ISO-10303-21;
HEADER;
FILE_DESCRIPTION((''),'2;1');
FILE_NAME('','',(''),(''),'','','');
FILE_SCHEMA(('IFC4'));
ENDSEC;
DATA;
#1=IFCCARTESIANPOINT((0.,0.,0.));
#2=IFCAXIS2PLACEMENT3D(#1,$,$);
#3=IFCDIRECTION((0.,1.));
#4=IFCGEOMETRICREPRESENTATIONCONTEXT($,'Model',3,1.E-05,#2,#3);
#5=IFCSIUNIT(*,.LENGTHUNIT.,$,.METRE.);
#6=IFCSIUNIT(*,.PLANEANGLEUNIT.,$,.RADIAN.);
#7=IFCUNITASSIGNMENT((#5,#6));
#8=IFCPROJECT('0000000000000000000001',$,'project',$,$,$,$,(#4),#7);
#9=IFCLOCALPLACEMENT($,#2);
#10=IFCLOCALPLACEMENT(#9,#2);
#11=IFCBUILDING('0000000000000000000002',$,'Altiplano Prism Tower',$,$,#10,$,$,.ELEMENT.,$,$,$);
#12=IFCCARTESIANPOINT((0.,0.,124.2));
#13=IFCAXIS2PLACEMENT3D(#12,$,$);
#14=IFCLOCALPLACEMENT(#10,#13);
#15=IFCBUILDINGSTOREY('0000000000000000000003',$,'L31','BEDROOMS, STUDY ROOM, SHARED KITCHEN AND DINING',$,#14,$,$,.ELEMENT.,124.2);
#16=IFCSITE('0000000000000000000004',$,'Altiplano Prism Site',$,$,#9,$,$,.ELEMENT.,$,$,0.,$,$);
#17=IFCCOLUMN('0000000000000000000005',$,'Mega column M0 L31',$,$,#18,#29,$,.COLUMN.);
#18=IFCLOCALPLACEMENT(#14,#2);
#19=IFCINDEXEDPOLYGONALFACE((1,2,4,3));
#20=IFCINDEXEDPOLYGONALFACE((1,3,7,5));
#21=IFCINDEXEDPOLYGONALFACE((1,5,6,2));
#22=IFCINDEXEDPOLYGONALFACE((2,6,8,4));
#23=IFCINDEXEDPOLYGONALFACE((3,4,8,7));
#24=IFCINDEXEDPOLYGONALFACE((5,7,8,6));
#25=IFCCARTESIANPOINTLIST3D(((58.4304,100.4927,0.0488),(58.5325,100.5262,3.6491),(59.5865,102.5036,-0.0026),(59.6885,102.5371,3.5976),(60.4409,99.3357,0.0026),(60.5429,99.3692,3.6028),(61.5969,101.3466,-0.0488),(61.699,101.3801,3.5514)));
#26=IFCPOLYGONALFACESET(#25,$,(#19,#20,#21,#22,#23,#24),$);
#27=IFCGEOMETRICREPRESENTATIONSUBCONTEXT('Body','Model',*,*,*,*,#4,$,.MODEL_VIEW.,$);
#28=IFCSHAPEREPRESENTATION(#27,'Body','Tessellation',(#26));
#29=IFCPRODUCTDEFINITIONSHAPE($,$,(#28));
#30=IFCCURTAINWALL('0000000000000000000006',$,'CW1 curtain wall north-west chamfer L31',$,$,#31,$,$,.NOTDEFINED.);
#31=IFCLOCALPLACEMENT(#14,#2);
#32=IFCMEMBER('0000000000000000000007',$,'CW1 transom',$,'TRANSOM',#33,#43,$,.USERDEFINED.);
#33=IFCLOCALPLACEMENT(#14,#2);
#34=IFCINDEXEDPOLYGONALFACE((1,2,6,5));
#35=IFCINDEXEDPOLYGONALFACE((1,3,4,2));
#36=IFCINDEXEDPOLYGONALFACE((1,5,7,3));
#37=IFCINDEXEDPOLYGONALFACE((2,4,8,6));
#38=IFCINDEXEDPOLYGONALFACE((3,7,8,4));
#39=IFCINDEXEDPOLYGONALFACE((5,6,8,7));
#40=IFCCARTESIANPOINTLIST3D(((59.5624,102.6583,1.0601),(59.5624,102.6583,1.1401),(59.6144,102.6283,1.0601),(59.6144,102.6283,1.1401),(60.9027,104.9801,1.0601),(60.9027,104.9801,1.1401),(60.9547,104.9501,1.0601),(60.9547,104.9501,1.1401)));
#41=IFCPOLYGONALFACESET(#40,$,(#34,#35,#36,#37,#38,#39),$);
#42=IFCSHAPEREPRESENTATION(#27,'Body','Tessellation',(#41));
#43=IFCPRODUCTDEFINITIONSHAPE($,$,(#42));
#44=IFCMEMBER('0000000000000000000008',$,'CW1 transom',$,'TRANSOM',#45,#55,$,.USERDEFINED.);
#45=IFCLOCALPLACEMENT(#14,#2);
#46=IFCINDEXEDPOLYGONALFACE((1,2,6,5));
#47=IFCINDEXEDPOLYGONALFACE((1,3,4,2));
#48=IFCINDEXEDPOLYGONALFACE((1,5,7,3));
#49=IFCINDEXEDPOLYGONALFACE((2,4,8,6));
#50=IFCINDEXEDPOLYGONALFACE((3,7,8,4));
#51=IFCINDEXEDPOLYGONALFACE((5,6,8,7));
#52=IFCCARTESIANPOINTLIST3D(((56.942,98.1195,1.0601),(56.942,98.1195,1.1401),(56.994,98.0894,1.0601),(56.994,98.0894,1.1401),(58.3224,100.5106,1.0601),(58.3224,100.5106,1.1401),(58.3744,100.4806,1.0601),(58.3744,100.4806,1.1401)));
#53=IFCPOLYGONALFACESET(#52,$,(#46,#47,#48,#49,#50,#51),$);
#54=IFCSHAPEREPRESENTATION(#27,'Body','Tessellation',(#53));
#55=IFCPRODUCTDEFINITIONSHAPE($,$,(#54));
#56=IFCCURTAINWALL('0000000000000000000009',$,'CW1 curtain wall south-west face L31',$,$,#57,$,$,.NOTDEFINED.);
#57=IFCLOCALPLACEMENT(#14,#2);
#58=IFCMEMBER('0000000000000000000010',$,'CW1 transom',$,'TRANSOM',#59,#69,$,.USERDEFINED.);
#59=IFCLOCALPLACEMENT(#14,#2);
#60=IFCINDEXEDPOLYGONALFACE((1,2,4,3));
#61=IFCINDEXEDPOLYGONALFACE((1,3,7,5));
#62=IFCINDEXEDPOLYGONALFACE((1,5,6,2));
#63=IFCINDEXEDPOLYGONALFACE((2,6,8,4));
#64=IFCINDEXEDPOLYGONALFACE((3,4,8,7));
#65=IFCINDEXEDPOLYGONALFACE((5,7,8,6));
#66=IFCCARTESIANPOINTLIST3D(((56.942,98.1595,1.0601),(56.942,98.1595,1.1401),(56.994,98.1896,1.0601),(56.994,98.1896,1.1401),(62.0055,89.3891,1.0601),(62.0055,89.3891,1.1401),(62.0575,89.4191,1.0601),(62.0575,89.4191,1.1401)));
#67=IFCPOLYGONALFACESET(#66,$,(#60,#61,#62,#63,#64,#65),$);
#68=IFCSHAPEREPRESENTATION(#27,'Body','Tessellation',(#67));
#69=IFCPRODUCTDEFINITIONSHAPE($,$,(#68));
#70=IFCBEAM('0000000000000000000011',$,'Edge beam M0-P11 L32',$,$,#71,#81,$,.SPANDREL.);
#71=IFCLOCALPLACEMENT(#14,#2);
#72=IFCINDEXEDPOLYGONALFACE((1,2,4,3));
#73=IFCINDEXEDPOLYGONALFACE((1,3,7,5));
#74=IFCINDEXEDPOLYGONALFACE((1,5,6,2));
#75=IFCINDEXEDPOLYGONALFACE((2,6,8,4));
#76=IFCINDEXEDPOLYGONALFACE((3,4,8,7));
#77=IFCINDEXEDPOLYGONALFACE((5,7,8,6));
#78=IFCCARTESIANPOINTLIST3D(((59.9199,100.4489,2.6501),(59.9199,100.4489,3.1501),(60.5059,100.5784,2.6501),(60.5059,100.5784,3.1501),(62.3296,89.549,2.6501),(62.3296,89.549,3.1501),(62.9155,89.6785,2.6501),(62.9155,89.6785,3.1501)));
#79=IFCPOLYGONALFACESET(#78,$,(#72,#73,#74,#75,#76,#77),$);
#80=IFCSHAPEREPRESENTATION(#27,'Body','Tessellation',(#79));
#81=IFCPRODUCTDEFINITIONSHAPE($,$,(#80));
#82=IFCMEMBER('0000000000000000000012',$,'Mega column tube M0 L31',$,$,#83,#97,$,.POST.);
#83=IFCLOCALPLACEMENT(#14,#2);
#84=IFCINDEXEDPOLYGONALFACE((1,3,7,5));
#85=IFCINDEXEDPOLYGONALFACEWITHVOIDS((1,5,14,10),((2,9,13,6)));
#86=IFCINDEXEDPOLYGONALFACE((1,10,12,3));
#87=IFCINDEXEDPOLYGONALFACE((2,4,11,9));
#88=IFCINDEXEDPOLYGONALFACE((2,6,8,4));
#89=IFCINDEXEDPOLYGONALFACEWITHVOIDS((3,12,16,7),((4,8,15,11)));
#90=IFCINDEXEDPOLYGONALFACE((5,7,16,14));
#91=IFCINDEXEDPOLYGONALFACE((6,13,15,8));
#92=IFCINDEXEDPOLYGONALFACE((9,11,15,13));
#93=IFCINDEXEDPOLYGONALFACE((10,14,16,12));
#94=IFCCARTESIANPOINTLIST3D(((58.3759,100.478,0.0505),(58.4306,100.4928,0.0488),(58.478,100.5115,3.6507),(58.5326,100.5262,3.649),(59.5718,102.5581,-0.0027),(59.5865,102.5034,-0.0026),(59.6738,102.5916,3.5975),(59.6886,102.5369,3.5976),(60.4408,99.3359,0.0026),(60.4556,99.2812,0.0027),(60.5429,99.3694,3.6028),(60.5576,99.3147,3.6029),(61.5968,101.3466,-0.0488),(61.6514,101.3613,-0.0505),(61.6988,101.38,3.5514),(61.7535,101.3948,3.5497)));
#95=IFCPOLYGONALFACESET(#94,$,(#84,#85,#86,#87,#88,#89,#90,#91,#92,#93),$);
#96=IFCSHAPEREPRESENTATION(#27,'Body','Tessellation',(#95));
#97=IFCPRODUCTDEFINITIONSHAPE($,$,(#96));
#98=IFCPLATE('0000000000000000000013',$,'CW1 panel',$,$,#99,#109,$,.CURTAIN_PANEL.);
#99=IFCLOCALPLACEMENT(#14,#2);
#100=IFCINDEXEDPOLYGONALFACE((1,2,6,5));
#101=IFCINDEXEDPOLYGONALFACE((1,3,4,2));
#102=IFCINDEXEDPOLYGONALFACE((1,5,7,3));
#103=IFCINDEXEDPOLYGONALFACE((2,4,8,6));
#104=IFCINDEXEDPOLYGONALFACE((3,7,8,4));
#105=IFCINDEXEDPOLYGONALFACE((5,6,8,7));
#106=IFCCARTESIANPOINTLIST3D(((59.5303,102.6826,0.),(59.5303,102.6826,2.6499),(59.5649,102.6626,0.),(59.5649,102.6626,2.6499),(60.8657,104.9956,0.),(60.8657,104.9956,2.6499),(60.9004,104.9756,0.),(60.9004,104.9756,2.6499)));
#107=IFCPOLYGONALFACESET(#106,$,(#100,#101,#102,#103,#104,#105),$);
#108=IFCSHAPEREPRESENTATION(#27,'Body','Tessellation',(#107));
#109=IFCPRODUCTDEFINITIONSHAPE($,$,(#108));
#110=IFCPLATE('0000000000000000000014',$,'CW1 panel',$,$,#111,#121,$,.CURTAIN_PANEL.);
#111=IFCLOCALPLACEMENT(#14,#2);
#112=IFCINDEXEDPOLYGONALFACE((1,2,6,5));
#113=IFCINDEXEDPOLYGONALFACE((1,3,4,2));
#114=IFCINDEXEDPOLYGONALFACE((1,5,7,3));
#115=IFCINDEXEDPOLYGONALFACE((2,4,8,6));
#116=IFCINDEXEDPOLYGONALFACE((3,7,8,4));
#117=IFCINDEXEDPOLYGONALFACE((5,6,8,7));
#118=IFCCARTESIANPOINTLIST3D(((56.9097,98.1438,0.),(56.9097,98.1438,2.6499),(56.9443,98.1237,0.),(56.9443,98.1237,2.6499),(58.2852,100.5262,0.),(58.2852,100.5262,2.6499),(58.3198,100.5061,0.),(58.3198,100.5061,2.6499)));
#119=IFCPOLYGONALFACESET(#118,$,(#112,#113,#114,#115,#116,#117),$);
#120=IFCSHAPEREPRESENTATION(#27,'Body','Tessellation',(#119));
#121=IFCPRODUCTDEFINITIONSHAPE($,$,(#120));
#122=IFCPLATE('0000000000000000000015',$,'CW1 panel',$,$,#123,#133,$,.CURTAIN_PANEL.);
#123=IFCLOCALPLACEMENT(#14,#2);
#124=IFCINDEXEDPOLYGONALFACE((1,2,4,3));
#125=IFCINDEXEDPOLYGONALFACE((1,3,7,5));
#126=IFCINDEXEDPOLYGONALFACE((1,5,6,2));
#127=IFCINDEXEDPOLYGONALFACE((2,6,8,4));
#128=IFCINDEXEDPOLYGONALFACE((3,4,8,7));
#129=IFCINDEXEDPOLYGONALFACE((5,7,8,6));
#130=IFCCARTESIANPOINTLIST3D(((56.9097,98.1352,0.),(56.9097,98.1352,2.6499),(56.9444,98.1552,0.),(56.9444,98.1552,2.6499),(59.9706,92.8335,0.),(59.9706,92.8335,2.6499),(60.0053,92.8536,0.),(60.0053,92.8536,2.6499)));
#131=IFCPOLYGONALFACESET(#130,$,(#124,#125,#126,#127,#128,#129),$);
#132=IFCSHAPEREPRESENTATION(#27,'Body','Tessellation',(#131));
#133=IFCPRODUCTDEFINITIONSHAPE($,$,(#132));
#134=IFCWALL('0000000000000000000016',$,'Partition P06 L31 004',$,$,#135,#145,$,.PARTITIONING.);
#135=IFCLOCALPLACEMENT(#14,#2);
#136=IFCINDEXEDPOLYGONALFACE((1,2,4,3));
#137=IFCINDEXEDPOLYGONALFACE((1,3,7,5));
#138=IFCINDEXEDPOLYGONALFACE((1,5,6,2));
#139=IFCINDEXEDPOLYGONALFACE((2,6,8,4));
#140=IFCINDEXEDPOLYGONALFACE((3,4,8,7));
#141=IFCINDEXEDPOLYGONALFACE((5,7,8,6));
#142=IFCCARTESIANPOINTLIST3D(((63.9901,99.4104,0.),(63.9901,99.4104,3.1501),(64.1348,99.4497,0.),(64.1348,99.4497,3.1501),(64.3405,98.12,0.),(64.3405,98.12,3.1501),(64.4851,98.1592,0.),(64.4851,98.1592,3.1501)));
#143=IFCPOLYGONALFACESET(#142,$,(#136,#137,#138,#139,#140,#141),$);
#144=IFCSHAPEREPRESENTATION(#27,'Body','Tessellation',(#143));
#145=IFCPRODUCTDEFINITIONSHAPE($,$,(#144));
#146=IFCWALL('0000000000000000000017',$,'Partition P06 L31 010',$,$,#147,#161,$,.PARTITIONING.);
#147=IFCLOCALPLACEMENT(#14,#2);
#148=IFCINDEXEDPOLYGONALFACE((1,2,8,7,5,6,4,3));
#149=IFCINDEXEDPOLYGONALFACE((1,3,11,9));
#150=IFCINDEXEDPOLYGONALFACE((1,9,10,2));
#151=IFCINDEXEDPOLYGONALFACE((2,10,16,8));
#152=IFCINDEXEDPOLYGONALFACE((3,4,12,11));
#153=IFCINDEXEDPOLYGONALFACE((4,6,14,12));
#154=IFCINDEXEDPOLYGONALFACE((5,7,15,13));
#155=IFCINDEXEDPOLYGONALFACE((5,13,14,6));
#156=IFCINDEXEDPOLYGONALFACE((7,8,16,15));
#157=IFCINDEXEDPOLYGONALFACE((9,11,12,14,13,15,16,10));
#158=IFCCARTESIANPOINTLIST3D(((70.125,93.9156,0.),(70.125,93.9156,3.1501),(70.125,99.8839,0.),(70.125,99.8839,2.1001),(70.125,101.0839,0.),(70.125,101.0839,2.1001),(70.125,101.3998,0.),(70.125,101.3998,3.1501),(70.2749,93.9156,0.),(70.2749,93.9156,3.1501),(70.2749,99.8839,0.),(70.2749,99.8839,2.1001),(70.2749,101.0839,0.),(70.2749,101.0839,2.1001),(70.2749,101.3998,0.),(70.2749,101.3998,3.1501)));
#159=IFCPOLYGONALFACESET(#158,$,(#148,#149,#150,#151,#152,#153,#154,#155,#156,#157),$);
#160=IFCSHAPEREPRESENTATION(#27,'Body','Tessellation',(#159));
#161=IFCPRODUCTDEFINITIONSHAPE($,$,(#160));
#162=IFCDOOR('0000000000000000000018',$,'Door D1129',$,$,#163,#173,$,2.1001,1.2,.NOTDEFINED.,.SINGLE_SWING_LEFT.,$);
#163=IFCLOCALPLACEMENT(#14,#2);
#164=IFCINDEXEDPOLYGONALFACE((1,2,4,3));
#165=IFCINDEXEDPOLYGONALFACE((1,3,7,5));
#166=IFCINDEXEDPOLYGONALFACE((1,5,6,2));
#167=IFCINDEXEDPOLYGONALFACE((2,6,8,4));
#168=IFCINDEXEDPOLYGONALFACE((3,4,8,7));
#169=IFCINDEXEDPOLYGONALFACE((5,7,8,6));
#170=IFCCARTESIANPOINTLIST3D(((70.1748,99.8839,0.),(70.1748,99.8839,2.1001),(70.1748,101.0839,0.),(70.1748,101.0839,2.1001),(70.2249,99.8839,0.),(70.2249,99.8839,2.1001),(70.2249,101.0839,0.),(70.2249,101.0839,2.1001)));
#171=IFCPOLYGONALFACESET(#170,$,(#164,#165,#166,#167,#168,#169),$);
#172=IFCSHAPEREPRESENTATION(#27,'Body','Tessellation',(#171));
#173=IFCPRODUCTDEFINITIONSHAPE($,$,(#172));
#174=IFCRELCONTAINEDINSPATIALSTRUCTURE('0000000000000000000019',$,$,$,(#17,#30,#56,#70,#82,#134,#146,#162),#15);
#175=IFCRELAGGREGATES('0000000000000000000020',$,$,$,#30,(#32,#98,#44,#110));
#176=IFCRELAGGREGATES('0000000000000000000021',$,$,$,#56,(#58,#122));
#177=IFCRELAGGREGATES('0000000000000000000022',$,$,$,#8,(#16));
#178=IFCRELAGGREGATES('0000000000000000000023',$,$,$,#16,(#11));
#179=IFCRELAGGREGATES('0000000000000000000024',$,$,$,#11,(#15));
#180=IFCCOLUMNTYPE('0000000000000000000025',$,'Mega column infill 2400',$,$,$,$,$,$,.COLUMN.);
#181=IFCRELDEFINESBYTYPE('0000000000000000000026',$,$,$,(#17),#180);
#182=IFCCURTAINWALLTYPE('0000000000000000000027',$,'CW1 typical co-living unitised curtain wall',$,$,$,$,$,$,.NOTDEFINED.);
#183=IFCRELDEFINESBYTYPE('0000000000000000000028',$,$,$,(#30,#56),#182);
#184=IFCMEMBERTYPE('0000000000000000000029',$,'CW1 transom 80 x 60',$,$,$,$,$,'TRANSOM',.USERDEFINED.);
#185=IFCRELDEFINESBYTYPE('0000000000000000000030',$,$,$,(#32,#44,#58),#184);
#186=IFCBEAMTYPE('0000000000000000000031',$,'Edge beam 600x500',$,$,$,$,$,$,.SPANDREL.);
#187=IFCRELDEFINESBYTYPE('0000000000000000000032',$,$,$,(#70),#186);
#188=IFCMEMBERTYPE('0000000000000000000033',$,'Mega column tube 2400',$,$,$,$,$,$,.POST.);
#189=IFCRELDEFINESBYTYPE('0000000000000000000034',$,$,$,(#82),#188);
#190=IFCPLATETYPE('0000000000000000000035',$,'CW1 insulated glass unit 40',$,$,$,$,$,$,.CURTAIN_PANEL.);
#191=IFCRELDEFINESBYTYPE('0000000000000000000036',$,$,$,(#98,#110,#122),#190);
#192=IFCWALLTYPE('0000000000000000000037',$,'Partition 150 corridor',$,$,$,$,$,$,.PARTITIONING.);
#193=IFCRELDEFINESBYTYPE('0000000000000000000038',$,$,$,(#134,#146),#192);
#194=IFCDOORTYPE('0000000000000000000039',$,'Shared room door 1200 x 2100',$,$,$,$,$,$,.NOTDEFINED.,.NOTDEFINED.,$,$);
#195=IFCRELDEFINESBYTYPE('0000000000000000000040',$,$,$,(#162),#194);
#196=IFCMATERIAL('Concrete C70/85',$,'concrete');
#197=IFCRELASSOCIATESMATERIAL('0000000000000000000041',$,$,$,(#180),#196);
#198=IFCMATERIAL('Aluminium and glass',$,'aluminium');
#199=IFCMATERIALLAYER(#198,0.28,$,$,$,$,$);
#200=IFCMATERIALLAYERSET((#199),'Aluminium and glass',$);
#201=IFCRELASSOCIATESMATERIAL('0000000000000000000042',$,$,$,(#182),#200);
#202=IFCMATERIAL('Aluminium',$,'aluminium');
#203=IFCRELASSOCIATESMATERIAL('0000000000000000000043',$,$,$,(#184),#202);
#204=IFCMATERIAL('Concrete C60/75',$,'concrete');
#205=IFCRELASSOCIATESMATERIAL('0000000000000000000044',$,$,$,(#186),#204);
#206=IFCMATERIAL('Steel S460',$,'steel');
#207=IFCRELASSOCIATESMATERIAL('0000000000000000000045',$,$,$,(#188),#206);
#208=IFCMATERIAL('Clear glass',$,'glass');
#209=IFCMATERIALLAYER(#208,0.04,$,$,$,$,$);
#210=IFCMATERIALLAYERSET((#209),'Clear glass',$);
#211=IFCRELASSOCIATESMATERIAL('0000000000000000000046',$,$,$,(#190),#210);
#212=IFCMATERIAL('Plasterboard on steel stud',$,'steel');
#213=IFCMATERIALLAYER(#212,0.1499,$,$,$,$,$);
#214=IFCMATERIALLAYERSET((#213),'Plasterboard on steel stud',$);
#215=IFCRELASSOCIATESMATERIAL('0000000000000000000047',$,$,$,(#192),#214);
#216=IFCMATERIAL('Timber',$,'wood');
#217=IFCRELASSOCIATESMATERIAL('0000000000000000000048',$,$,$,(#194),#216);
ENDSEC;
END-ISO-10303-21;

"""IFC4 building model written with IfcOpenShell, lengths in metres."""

from ifc_helpers import new_model, si_unit, direction, frame, frame_2d, origin, origin_2d, place, context, subcontext, project, spatial, rectangle, hollow_rectangle, extrude, material, layer, layer_set, material_profile, profile_set, type_object, element, fill, aggregate, save


model = new_model("IFC4")

# Units and contexts
model_context = context("Model", 3, precision=1e-05, world=origin(), true_north=direction((0.0, 1.0)))
body_context = subcontext(model_context, "Body", "Model", "MODEL_VIEW")
ifc_project = project(units=[si_unit("LENGTHUNIT", "METRE"), si_unit("PLANEANGLEUNIT", "RADIAN")], contexts=[model_context])

# Site, building, storey
site_placement = place(None, origin())
site = spatial("IfcSite", under=ifc_project, at=site_placement, Name="Altiplano Prism Site", CompositionType="ELEMENT", RefElevation=0.0)
building_placement = place(site_placement, origin())
building = spatial("IfcBuilding", under=site, at=building_placement, Name="Altiplano Prism Tower", CompositionType="ELEMENT")
storey_placement = place(building_placement, frame((0.0, 0.0, 124.2)))
storey = spatial("IfcBuildingStorey", under=building, at=storey_placement, Name="L31", Description="BEDROOMS, STUDY ROOM, SHARED KITCHEN AND DINING", CompositionType="ELEMENT", Elevation=124.2)

# Column
ifc_material_1 = material(Name="Concrete C70/85", Category="concrete")
ifc_material_profile_1 = material_profile(ifc_material_1, rectangle(XDim=2.3201, YDim=2.3201, at=origin_2d()), Name="Mega column infill 2400")
ifc_profile_set_1 = profile_set([ifc_material_profile_1], Name="Concrete C70/85")
column_type = type_object("IfcColumnType", Name="Mega column infill 2400", PredefinedType="COLUMN", material=ifc_profile_set_1)
column_placement = place(storey_placement, frame((60.0137, 100.9197, 0.0), z_axis=(0.028334, 0.009287, 0.999555), x_axis=(-0.866556, 0.498682, 0.019931)))
element("IfcColumn", 1, at=column_placement, inside=storey, type_object=column_type, Name="Mega column M0 L31", PredefinedType="COLUMN", context=body_context, shape_type="SweptSolid", body=[
    extrude(rectangle(XDim=2.3201, YDim=2.3201, at=origin_2d()), origin(), (0.0, 0.0, 1.0), 3.6018),
])

# Curtain wall, members
ifc_material_2 = material(Name="Aluminium and glass", Category="aluminium")
ifc_layer_1 = layer(ifc_material_2, 0.28)
ifc_layer_set_1 = layer_set([ifc_layer_1], Name="Aluminium and glass")
curtain_wall_type = type_object("IfcCurtainWallType", Name="CW1 typical co-living unitised curtain wall", PredefinedType="NOTDEFINED", material=ifc_layer_set_1)
curtain_wall_1_placement = place(storey_placement, origin())
curtain_wall_1 = element("IfcCurtainWall", 2, at=curtain_wall_1_placement, inside=storey, type_object=curtain_wall_type, Name="CW1 curtain wall north-west chamfer L31", PredefinedType="NOTDEFINED")
ifc_material_3 = material(Name="Aluminium", Category="aluminium")
ifc_material_profile_2 = material_profile(ifc_material_3, rectangle(XDim=0.0601, YDim=0.0801, at=origin_2d()), Name="CW1 transom 80 x 60")
ifc_profile_set_2 = profile_set([ifc_material_profile_2], Name="Aluminium")
member_type_1 = type_object("IfcMemberType", Name="CW1 transom 80 x 60", ElementType="TRANSOM", PredefinedType="USERDEFINED", material=ifc_profile_set_2)
member_1_placement = place(storey_placement, frame((60.9287, 104.9651, 1.1001), z_axis=(-0.499959, -0.866049, 0.0), x_axis=(0.866049, -0.499959, 0.0)))
member_1 = element("IfcMember", 3, at=member_1_placement, type_object=member_type_1, Name="CW1 transom", ObjectType="TRANSOM", PredefinedType="USERDEFINED", context=body_context, shape_type="SweptSolid", body=[
    extrude(rectangle(XDim=0.0601, YDim=0.0801, at=origin_2d()), origin(), (0.0, 0.0, 1.0), 2.6809),
])
member_2_placement = place(storey_placement, frame((58.3484, 100.4956, 1.1001), z_axis=(-0.499962, -0.866047, 0.0), x_axis=(0.866047, -0.499962, 0.0)))
member_2 = element("IfcMember", 4, at=member_2_placement, type_object=member_type_1, Name="CW1 transom", ObjectType="TRANSOM", PredefinedType="USERDEFINED", context=body_context, shape_type="SweptSolid", body=[
    extrude(rectangle(XDim=0.0601, YDim=0.0801, at=origin_2d()), origin(), (0.0, 0.0, 1.0), 2.761),
])

# Curtain wall, member
curtain_wall_2_placement = place(storey_placement, origin())
curtain_wall_2 = element("IfcCurtainWall", 5, at=curtain_wall_2_placement, inside=storey, type_object=curtain_wall_type, Name="CW1 curtain wall south-west face L31", PredefinedType="NOTDEFINED")
member_3_placement = place(storey_placement, frame((56.968, 98.1746, 1.1001), z_axis=(0.499987, -0.866033, 0.0), x_axis=(0.866033, 0.499987, 0.0)))
member_3 = element("IfcMember", 6, at=member_3_placement, type_object=member_type_1, Name="CW1 transom", ObjectType="TRANSOM", PredefinedType="USERDEFINED", context=body_context, shape_type="SweptSolid", body=[
    extrude(rectangle(XDim=0.0601, YDim=0.0801, at=origin_2d()), origin(), (0.0, 0.0, 1.0), 10.1272),
])

# Beam
ifc_material_4 = material(Name="Concrete C60/75", Category="concrete")
ifc_material_profile_3 = material_profile(ifc_material_4, rectangle(XDim=0.6001, YDim=0.5, at=origin_2d()), Name="Edge beam 600x500")
ifc_profile_set_3 = profile_set([ifc_material_profile_3], Name="Concrete C60/75")
beam_type = type_object("IfcBeamType", Name="Edge beam 600x500", PredefinedType="SPANDREL", material=ifc_profile_set_3)
beam_placement = place(storey_placement, frame((60.2129, 100.5137, 2.9001), z_axis=(0.21586, -0.976424, 0.0), x_axis=(0.976424, 0.21586, 0.0)))
element("IfcBeam", 7, at=beam_placement, inside=storey, type_object=beam_type, Name="Edge beam M0-P11 L32", PredefinedType="SPANDREL", context=body_context, shape_type="SweptSolid", body=[
    extrude(rectangle(XDim=0.6001, YDim=0.5, at=origin_2d()), origin(), (0.0, 0.0, 1.0), 11.1631),
])

# Member
ifc_material_5 = material(Name="Steel S460", Category="steel")
ifc_material_profile_4 = material_profile(ifc_material_5, hollow_rectangle(XDim=2.3999, YDim=2.3999, WallThickness=0.04, at=origin_2d()), Name="Mega column tube 2400")
ifc_profile_set_4 = profile_set([ifc_material_profile_4], Name="Steel S460")
member_type_2 = type_object("IfcMemberType", Name="Mega column tube 2400", PredefinedType="POST", material=ifc_profile_set_4)
member_4_placement = place(storey_placement, frame((60.0137, 100.9197, 0.0), z_axis=(0.028334, 0.009287, 0.999555), x_axis=(-0.866556, 0.498682, 0.019931)))
element("IfcMember", 8, at=member_4_placement, inside=storey, type_object=member_type_2, Name="Mega column tube M0 L31", PredefinedType="POST", context=body_context, shape_type="SweptSolid", body=[
    extrude(hollow_rectangle(XDim=2.3999, YDim=2.3999, WallThickness=0.04, at=origin_2d()), origin(), (0.0, 0.0, 1.0), 3.6018),
])

# Plates
ifc_material_6 = material(Name="Clear glass", Category="glass")
ifc_layer_2 = layer(ifc_material_6, 0.04)
ifc_layer_set_2 = layer_set([ifc_layer_2], Name="Clear glass")
plate_type = type_object("IfcPlateType", Name="CW1 insulated glass unit 40", PredefinedType="CURTAIN_PANEL", material=ifc_layer_set_2)
plate_1_placement = place(storey_placement, frame((60.2153, 103.8291, 0.0), z_axis=(0.0, 0.0, 1.0), x_axis=(-0.5, -0.866025, 0.0)))
plate_1 = element("IfcPlate", 9, at=plate_1_placement, type_object=plate_type, Name="CW1 panel", PredefinedType="CURTAIN_PANEL", context=body_context, shape_type="SweptSolid", body=[
    extrude(rectangle(XDim=2.6709, YDim=0.04, at=origin_2d()), origin(), (0.0, 0.0, 1.0), 2.6499),
])
plate_2_placement = place(storey_placement, frame((57.6147, 99.325, 0.0), z_axis=(0.0, 0.0, 1.0), x_axis=(-0.5, -0.866025, 0.0)))
plate_2 = element("IfcPlate", 10, at=plate_2_placement, type_object=plate_type, Name="CW1 panel", PredefinedType="CURTAIN_PANEL", context=body_context, shape_type="SweptSolid", body=[
    extrude(rectangle(XDim=2.751, YDim=0.04, at=origin_2d()), origin(), (0.0, 0.0, 1.0), 2.6499),
])
aggregate(curtain_wall_1, [member_1, plate_1, member_2, plate_2])
plate_3_placement = place(storey_placement, frame((58.4575, 95.4944, 0.0), z_axis=(0.0, 0.0, 1.0), x_axis=(0.5, -0.866025, 0.0)))
plate_3 = element("IfcPlate", 11, at=plate_3_placement, type_object=plate_type, Name="CW1 panel", PredefinedType="CURTAIN_PANEL", context=body_context, shape_type="SweptSolid", body=[
    extrude(rectangle(XDim=6.1218, YDim=0.04, at=origin_2d()), origin(), (0.0, 0.0, 1.0), 2.6499),
])
aggregate(curtain_wall_2, [member_3, plate_3])

# Wall
ifc_material_7 = material(Name="Plasterboard on steel stud", Category="steel")
ifc_layer_3 = layer(ifc_material_7, 0.1499)
ifc_layer_set_3 = layer_set([ifc_layer_3], Name="Plasterboard on steel stud")
wall_type_1 = type_object("IfcWallType", Name="Partition 150 corridor", PredefinedType="PARTITIONING", material=ifc_layer_set_3)
wall_1_placement = place(storey_placement, frame((64.0625, 99.4299, 0.0), z_axis=(0.0, 0.0, 1.0), x_axis=(0.261989, -0.965071, 0.0)))
element("IfcWall", 12, at=wall_1_placement, inside=storey, type_object=wall_type_1, Name="Partition P06 L31 004", PredefinedType="PARTITIONING", context=body_context, shape_type="SweptSolid", body=[
    extrude(rectangle(XDim=1.3372, YDim=0.1499, at=frame_2d((0.6685, 0.0))), origin(), (0.0, 0.0, 1.0), 3.1501),
])

# Shared definitions
ifc_material_8 = material(Name="Timber", Category="wood")
door_type_1 = type_object("IfcDoorType", Name="Shared room door 1200 x 2100", OperationType="NOTDEFINED", PredefinedType="NOTDEFINED", material=ifc_material_8)

# Wall, opening, door
wall_2_placement = place(storey_placement, frame((70.2, 101.3999, 0.0), z_axis=(0.0, 0.0, 1.0), x_axis=(0.0, -1.0, 0.0)))
wall_2 = element("IfcWall", 13, at=wall_2_placement, inside=storey, type_object=wall_type_1, Name="Partition P06 L31 010", PredefinedType="PARTITIONING", context=body_context, shape_type="SweptSolid", body=[
    extrude(rectangle(XDim=7.4841, YDim=0.1499, at=frame_2d((3.7422, 0.0))), origin(), (0.0, 0.0, 1.0), 3.1501),
])
opening_1_placement = place(wall_2_placement, frame((0.3159, 0.0, 0.0)))
opening_1 = element("IfcOpeningElement", 14, at=opening_1_placement, cuts=wall_2, PredefinedType="OPENING", context=body_context, shape_type="SweptSolid", body=[
    extrude(rectangle(XDim=1.2, YDim=2.1001, at=frame_2d((0.6001, 1.05))), frame((0.0, 0.0854, 0.0), z_axis=(0.0, -1.0, 0.0), x_axis=(1.0, 0.0, 0.0)), (0.0, 0.0, 1.0), 0.1709),
])
door_1_placement = place(opening_1_placement, origin())
door_1 = element("IfcDoor", 15, at=door_1_placement, inside=storey, type_object=door_type_1, Name="Door D1129", OperationType="SINGLE_SWING_LEFT", OverallHeight=2.1001, OverallWidth=1.2, PredefinedType="NOTDEFINED", context=body_context, shape_type="SweptSolid", body=[
    extrude(rectangle(XDim=1.2, YDim=2.1001, at=frame_2d((0.6001, 1.05))), frame((0.0, 0.0249, 0.0), z_axis=(0.0, -1.0, 0.0), x_axis=(1.0, 0.0, 0.0)), (0.0, 0.0, 1.0), 0.05),
])
fill(opening_1, door_1)

save(model, "model.ifc")
